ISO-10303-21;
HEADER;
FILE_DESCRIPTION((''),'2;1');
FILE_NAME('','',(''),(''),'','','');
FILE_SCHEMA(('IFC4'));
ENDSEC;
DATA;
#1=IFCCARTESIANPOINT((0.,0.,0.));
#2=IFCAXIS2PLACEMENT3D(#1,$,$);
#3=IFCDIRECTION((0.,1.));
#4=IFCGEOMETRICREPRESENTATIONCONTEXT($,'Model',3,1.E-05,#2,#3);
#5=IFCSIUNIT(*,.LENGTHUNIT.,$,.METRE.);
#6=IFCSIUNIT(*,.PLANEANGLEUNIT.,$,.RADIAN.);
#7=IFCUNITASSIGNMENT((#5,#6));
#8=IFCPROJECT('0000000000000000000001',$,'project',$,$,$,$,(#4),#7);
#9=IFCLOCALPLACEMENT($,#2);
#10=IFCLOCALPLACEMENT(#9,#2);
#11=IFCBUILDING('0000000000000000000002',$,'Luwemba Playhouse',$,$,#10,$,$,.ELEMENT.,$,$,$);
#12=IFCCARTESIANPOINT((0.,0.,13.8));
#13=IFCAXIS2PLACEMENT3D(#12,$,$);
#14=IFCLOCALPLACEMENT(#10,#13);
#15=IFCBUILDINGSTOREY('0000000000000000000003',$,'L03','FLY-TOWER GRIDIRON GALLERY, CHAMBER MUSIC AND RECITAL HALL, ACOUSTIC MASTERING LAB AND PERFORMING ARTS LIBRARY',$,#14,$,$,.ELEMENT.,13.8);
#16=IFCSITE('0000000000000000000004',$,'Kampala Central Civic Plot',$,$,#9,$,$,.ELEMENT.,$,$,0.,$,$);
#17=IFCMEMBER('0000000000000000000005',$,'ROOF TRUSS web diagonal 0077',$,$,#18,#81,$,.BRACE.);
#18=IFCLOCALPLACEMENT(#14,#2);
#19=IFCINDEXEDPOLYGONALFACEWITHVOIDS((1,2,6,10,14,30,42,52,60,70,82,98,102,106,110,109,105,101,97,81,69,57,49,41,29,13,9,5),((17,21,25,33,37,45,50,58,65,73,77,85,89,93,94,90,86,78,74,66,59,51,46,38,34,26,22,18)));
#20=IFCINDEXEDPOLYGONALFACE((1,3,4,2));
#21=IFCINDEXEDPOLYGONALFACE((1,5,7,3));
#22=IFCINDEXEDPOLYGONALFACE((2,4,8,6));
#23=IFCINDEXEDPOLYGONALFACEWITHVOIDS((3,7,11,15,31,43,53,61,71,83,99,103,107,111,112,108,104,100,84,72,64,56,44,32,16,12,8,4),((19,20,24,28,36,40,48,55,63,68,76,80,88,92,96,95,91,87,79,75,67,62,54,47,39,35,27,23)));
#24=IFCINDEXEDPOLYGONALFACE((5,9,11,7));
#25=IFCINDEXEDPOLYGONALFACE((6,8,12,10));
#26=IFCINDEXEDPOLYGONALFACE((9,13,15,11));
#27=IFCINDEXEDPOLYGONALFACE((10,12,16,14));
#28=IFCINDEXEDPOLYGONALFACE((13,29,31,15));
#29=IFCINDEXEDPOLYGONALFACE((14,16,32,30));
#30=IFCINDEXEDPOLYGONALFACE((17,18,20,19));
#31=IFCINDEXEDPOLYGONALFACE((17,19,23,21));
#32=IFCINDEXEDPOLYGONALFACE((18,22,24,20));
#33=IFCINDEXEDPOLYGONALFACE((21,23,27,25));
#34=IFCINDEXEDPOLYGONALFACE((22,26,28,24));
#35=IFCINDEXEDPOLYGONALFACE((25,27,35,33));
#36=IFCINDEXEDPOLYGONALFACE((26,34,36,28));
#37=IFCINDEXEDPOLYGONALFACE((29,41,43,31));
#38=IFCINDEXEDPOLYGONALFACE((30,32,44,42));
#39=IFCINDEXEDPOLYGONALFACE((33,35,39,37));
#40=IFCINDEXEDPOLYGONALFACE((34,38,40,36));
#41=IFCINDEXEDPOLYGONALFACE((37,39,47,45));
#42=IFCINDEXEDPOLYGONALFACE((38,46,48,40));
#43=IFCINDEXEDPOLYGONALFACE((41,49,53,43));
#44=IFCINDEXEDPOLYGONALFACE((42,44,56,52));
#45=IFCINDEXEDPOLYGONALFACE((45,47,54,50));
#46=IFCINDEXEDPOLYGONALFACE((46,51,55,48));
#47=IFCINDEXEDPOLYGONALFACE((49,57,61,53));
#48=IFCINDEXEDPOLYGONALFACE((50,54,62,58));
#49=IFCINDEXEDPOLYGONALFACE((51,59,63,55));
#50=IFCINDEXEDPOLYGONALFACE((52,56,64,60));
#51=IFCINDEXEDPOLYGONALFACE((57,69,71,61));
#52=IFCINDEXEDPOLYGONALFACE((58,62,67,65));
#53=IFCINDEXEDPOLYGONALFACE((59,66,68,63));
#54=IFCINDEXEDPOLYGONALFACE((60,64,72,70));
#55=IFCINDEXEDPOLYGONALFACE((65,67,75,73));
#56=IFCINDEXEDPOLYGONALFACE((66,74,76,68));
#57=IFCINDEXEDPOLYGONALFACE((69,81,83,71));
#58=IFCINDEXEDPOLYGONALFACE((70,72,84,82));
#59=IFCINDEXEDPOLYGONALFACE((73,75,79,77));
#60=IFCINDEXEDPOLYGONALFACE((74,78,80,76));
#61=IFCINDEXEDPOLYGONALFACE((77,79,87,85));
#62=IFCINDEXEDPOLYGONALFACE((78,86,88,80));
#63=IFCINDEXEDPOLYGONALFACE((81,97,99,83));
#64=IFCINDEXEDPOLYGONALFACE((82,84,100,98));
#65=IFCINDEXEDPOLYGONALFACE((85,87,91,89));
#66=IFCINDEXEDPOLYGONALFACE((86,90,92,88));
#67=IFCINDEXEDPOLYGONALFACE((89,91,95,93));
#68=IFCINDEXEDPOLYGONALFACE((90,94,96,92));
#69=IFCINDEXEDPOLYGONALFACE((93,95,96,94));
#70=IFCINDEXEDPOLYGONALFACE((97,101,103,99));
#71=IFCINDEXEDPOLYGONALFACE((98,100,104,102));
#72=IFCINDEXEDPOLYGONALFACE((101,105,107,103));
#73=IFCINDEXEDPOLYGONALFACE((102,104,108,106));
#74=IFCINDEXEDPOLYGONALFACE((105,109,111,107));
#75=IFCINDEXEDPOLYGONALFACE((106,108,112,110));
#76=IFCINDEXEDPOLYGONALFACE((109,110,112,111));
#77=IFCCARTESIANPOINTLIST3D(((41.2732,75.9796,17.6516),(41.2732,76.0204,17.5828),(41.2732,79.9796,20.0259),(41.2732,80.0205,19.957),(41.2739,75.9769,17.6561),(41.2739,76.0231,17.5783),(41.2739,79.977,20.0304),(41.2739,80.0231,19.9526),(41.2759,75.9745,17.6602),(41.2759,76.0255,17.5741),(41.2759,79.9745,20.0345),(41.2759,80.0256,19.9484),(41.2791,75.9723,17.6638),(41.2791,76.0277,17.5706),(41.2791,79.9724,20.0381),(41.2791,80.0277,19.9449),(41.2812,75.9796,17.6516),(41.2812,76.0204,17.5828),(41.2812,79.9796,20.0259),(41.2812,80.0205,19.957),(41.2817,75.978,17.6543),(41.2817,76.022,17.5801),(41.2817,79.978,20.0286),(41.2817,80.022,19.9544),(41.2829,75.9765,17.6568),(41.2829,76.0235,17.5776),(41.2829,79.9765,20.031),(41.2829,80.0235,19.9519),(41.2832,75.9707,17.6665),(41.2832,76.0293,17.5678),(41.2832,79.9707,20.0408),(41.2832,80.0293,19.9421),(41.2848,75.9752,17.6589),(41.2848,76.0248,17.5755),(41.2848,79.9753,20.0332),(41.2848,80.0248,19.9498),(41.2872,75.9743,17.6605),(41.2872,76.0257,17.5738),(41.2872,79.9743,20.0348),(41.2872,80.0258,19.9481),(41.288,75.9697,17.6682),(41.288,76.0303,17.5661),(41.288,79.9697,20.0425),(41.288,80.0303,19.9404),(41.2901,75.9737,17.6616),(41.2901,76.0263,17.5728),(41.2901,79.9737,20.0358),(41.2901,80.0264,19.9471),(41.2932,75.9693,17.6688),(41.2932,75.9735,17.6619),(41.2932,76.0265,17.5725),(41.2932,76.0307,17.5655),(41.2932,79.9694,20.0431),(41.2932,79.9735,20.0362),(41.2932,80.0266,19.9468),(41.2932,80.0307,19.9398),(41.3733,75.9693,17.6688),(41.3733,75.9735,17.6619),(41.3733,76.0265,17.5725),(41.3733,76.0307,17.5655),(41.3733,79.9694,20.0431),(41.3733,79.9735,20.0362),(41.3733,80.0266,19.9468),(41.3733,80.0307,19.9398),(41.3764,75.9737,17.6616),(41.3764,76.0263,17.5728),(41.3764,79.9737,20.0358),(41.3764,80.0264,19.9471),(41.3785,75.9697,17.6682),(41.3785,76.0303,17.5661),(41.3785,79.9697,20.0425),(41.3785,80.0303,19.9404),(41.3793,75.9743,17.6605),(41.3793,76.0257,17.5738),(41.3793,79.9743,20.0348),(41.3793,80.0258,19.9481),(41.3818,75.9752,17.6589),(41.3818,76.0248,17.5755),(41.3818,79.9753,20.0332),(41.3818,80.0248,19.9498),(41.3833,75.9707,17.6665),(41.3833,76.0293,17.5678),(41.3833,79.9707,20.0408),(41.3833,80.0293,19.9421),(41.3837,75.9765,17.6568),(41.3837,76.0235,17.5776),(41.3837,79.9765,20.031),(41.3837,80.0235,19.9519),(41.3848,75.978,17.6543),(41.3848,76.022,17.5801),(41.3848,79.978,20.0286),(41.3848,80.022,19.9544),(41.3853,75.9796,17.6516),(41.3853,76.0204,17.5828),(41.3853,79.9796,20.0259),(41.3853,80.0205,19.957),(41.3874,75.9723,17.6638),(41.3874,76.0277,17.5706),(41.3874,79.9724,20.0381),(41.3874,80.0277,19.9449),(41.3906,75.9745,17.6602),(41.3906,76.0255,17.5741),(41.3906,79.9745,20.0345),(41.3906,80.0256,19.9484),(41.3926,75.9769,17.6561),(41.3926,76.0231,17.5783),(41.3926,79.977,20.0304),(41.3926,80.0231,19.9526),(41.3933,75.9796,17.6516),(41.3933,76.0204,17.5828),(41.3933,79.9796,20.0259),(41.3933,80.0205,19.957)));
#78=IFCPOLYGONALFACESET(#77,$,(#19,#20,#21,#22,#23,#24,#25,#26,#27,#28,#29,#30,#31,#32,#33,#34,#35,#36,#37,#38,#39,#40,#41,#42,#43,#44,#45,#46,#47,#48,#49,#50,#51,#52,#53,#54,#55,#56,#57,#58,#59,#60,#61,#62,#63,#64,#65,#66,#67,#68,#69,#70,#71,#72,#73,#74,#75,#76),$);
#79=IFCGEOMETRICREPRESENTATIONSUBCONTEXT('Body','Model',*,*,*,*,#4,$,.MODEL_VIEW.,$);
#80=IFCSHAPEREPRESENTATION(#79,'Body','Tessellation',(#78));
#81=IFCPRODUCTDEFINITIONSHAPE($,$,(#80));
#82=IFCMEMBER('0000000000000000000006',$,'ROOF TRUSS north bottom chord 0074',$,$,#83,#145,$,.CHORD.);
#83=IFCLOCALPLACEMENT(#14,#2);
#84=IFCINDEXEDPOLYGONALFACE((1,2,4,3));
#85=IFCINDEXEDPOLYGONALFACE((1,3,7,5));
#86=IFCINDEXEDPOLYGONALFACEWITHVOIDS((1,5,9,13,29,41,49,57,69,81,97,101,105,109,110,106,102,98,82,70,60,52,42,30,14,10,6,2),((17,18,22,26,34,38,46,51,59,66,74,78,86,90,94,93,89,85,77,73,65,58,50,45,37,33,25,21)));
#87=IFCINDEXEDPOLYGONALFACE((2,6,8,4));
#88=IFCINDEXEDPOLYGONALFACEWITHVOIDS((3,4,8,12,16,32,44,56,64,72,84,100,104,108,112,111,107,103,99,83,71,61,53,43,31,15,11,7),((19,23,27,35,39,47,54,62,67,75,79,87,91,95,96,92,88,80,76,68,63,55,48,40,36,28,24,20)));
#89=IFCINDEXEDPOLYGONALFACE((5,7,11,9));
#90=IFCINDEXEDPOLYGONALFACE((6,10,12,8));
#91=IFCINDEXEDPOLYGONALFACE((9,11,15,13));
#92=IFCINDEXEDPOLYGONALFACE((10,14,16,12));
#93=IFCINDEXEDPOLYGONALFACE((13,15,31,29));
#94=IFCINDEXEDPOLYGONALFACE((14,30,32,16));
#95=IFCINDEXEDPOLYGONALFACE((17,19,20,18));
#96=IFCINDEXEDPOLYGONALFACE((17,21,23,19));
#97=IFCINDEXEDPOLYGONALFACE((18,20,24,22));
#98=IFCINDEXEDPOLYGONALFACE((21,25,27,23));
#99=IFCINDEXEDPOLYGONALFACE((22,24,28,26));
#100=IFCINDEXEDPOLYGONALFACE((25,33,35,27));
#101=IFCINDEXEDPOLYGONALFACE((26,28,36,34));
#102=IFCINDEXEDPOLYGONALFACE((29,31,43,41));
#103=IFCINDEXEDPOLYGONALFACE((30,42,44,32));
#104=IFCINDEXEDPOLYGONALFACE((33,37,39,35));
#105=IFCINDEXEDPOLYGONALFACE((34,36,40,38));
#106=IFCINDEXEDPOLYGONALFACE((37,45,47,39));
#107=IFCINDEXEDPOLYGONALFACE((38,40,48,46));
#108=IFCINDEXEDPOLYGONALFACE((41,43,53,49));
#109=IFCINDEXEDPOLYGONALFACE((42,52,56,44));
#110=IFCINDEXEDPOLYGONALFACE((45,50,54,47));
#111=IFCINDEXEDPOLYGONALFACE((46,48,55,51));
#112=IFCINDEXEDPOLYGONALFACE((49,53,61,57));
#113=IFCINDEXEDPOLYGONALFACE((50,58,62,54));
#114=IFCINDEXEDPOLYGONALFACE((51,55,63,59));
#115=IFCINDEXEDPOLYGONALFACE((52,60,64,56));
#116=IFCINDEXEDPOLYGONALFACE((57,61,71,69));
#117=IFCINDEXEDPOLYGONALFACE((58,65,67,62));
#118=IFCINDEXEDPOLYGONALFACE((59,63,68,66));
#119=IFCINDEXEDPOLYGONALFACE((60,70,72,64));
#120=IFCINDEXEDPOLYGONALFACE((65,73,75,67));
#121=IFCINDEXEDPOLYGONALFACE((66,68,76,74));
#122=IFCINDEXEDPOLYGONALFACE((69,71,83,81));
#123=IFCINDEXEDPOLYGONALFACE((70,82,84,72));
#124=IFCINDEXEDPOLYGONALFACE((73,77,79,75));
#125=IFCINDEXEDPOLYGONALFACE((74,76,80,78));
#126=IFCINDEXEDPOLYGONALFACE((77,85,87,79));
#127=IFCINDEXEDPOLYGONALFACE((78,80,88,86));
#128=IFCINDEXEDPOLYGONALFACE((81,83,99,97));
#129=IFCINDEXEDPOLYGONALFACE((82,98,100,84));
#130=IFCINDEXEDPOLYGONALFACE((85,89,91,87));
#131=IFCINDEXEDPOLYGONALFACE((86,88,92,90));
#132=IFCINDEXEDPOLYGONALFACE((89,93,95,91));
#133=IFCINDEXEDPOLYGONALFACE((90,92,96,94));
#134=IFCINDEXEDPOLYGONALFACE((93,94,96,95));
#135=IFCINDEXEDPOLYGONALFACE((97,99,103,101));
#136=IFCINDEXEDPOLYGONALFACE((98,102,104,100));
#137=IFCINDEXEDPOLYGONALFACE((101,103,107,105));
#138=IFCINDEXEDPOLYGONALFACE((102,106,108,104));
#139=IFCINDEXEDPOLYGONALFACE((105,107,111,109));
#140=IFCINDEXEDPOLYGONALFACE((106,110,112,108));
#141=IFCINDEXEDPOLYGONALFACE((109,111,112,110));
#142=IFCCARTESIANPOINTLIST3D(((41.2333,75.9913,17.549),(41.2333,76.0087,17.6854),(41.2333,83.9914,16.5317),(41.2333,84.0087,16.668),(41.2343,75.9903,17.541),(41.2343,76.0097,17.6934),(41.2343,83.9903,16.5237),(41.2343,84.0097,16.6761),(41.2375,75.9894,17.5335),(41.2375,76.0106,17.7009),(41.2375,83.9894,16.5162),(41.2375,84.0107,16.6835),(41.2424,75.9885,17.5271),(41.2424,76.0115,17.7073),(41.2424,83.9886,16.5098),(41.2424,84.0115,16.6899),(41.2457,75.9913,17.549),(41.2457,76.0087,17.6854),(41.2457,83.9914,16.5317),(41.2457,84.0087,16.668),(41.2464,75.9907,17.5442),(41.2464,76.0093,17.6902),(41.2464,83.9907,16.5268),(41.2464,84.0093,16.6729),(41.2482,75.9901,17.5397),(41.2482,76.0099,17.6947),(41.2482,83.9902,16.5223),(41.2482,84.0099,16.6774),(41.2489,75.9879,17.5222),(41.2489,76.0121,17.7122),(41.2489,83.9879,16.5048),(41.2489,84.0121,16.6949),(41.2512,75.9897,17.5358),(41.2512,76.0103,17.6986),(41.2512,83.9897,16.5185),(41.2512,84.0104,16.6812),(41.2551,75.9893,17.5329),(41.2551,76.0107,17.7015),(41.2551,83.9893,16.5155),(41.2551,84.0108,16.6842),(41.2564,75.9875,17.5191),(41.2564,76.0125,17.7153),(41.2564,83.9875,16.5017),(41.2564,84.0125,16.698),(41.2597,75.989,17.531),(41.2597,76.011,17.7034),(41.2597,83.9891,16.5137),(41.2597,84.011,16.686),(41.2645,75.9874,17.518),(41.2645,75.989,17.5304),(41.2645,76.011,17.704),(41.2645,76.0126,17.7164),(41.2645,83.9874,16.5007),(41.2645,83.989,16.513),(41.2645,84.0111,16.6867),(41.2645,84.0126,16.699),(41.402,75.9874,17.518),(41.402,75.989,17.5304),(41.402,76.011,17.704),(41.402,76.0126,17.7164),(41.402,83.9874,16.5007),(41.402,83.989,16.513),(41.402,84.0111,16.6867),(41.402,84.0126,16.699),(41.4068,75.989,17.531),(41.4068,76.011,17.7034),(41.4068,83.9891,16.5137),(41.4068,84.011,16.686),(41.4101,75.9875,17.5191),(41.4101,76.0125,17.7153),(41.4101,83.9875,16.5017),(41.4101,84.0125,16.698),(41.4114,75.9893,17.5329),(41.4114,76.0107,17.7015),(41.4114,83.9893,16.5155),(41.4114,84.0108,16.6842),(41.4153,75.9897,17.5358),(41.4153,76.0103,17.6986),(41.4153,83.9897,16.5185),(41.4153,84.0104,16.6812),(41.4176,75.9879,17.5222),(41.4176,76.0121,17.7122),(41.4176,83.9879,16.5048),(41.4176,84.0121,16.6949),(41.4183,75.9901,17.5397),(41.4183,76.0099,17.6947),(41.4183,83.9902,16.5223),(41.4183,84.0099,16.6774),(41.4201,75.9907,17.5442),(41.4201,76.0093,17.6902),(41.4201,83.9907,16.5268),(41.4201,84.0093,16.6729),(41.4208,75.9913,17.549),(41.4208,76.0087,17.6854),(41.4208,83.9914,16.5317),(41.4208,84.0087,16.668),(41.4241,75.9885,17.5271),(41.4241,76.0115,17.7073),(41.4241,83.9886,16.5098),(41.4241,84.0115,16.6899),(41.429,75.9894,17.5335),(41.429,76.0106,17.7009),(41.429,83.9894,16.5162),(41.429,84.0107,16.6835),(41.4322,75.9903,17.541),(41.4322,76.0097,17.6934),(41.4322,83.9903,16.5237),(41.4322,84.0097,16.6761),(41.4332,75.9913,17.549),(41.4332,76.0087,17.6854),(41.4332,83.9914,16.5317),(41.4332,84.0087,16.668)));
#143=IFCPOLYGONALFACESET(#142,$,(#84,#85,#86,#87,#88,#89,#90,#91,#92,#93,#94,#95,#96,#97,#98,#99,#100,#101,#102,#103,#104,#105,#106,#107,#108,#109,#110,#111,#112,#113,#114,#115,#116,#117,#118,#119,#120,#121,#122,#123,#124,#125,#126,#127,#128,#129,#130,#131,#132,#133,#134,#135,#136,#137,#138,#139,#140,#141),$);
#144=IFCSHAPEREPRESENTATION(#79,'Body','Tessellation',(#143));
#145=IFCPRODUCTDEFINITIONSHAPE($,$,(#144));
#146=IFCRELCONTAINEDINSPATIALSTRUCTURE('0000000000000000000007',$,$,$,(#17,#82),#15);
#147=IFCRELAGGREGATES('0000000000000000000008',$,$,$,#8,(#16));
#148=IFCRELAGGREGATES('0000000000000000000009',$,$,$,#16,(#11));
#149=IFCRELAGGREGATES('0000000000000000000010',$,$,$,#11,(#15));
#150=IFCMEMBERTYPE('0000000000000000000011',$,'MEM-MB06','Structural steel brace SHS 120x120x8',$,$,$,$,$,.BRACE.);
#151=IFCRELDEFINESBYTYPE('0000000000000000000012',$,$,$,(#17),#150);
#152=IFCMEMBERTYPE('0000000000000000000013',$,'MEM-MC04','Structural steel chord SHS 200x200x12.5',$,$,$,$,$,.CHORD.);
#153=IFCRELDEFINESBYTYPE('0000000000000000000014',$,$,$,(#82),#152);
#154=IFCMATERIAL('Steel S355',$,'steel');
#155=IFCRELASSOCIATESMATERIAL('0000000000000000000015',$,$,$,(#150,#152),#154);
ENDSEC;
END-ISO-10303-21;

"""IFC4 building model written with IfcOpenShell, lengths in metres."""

from ifc_helpers import new_model, si_unit, direction, frame, origin, origin_2d, place, context, subcontext, project, spatial, hollow_rectangle, extrude, material, material_profile, profile_set, type_object, element, save


model = new_model("IFC4")

# Units and contexts
model_context = context("Model", 3, precision=1e-05, world=origin(), true_north=direction((0.0, 1.0)))
body_context = subcontext(model_context, "Body", "Model", "MODEL_VIEW")
ifc_project = project(units=[si_unit("LENGTHUNIT", "METRE"), si_unit("PLANEANGLEUNIT", "RADIAN")], contexts=[model_context])

# Site, building, storey
site_placement = place(None, origin())
site = spatial("IfcSite", under=ifc_project, at=site_placement, Name="Kampala Central Civic Plot", CompositionType="ELEMENT", RefElevation=0.0)
building_placement = place(site_placement, origin())
building = spatial("IfcBuilding", under=site, at=building_placement, Name="Luwemba Playhouse", CompositionType="ELEMENT")
storey_placement = place(building_placement, frame((0.0, 0.0, 13.8)))
storey = spatial("IfcBuildingStorey", under=building, at=storey_placement, Name="L03", Description="FLY-TOWER GRIDIRON GALLERY, CHAMBER MUSIC AND RECITAL HALL, ACOUSTIC MASTERING LAB AND PERFORMING ARTS LIBRARY", CompositionType="ELEMENT", Elevation=13.8)

# Shared definitions
ifc_material_1 = material(Name="Steel S355", Category="steel")

# Members
ifc_material_profile_1 = material_profile(ifc_material_1, hollow_rectangle(XDim=0.1201, YDim=0.1201, WallThickness=0.0081, InnerFilletRadius=0.012, OuterFilletRadius=0.02, at=origin_2d()))
ifc_profile_set_1 = profile_set([ifc_material_profile_1], Name="Steel S355")
member_type_1 = type_object("IfcMemberType", Name="MEM-MB06", Description="Structural steel brace SHS 120x120x8", PredefinedType="BRACE", material=ifc_profile_set_1)
for number, where, z_axis, x_axis, name in (
    (1, (41.3333, 76.0, 17.6172), (0.0, 0.859924, 0.510422), (-1.0, 0.0, 0.0), "ROOF TRUSS web diagonal 0077"),
):
    element("IfcMember", number, at=place(storey_placement, frame(where, z_axis=z_axis, x_axis=x_axis)), inside=storey, type_object=member_type_1, Name=name, PredefinedType="BRACE", context=body_context, shape_type="SweptSolid", body=[
        extrude(hollow_rectangle(XDim=0.1201, YDim=0.1201, WallThickness=0.0081, InnerFilletRadius=0.012, OuterFilletRadius=0.02, at=origin_2d()), origin(), (0.0, 0.0, 1.0), 4.6516),
    ])
ifc_material_profile_2 = material_profile(ifc_material_1, hollow_rectangle(XDim=0.2, YDim=0.2, WallThickness=0.0125, InnerFilletRadius=0.0188, OuterFilletRadius=0.0312, at=origin_2d()))
ifc_profile_set_2 = profile_set([ifc_material_profile_2], Name="Steel S355")
member_type_2 = type_object("IfcMemberType", Name="MEM-MC04", Description="Structural steel chord SHS 200x200x12.5", PredefinedType="CHORD", material=ifc_profile_set_2)
member_1_placement = place(storey_placement, frame((41.3333, 76.0, 17.6172), z_axis=(0.0, 0.992011, -0.126151), x_axis=(-1.0, 0.0, 0.0)))
element("IfcMember", 2, at=member_1_placement, inside=storey, type_object=member_type_2, Name="ROOF TRUSS north bottom chord 0074", PredefinedType="CHORD", context=body_context, shape_type="SweptSolid", body=[
    extrude(hollow_rectangle(XDim=0.2, YDim=0.2, WallThickness=0.0125, InnerFilletRadius=0.0188, OuterFilletRadius=0.0312, at=origin_2d()), origin(), (0.0, 0.0, 1.0), 8.0645),
])

save(model, "model.ifc")
